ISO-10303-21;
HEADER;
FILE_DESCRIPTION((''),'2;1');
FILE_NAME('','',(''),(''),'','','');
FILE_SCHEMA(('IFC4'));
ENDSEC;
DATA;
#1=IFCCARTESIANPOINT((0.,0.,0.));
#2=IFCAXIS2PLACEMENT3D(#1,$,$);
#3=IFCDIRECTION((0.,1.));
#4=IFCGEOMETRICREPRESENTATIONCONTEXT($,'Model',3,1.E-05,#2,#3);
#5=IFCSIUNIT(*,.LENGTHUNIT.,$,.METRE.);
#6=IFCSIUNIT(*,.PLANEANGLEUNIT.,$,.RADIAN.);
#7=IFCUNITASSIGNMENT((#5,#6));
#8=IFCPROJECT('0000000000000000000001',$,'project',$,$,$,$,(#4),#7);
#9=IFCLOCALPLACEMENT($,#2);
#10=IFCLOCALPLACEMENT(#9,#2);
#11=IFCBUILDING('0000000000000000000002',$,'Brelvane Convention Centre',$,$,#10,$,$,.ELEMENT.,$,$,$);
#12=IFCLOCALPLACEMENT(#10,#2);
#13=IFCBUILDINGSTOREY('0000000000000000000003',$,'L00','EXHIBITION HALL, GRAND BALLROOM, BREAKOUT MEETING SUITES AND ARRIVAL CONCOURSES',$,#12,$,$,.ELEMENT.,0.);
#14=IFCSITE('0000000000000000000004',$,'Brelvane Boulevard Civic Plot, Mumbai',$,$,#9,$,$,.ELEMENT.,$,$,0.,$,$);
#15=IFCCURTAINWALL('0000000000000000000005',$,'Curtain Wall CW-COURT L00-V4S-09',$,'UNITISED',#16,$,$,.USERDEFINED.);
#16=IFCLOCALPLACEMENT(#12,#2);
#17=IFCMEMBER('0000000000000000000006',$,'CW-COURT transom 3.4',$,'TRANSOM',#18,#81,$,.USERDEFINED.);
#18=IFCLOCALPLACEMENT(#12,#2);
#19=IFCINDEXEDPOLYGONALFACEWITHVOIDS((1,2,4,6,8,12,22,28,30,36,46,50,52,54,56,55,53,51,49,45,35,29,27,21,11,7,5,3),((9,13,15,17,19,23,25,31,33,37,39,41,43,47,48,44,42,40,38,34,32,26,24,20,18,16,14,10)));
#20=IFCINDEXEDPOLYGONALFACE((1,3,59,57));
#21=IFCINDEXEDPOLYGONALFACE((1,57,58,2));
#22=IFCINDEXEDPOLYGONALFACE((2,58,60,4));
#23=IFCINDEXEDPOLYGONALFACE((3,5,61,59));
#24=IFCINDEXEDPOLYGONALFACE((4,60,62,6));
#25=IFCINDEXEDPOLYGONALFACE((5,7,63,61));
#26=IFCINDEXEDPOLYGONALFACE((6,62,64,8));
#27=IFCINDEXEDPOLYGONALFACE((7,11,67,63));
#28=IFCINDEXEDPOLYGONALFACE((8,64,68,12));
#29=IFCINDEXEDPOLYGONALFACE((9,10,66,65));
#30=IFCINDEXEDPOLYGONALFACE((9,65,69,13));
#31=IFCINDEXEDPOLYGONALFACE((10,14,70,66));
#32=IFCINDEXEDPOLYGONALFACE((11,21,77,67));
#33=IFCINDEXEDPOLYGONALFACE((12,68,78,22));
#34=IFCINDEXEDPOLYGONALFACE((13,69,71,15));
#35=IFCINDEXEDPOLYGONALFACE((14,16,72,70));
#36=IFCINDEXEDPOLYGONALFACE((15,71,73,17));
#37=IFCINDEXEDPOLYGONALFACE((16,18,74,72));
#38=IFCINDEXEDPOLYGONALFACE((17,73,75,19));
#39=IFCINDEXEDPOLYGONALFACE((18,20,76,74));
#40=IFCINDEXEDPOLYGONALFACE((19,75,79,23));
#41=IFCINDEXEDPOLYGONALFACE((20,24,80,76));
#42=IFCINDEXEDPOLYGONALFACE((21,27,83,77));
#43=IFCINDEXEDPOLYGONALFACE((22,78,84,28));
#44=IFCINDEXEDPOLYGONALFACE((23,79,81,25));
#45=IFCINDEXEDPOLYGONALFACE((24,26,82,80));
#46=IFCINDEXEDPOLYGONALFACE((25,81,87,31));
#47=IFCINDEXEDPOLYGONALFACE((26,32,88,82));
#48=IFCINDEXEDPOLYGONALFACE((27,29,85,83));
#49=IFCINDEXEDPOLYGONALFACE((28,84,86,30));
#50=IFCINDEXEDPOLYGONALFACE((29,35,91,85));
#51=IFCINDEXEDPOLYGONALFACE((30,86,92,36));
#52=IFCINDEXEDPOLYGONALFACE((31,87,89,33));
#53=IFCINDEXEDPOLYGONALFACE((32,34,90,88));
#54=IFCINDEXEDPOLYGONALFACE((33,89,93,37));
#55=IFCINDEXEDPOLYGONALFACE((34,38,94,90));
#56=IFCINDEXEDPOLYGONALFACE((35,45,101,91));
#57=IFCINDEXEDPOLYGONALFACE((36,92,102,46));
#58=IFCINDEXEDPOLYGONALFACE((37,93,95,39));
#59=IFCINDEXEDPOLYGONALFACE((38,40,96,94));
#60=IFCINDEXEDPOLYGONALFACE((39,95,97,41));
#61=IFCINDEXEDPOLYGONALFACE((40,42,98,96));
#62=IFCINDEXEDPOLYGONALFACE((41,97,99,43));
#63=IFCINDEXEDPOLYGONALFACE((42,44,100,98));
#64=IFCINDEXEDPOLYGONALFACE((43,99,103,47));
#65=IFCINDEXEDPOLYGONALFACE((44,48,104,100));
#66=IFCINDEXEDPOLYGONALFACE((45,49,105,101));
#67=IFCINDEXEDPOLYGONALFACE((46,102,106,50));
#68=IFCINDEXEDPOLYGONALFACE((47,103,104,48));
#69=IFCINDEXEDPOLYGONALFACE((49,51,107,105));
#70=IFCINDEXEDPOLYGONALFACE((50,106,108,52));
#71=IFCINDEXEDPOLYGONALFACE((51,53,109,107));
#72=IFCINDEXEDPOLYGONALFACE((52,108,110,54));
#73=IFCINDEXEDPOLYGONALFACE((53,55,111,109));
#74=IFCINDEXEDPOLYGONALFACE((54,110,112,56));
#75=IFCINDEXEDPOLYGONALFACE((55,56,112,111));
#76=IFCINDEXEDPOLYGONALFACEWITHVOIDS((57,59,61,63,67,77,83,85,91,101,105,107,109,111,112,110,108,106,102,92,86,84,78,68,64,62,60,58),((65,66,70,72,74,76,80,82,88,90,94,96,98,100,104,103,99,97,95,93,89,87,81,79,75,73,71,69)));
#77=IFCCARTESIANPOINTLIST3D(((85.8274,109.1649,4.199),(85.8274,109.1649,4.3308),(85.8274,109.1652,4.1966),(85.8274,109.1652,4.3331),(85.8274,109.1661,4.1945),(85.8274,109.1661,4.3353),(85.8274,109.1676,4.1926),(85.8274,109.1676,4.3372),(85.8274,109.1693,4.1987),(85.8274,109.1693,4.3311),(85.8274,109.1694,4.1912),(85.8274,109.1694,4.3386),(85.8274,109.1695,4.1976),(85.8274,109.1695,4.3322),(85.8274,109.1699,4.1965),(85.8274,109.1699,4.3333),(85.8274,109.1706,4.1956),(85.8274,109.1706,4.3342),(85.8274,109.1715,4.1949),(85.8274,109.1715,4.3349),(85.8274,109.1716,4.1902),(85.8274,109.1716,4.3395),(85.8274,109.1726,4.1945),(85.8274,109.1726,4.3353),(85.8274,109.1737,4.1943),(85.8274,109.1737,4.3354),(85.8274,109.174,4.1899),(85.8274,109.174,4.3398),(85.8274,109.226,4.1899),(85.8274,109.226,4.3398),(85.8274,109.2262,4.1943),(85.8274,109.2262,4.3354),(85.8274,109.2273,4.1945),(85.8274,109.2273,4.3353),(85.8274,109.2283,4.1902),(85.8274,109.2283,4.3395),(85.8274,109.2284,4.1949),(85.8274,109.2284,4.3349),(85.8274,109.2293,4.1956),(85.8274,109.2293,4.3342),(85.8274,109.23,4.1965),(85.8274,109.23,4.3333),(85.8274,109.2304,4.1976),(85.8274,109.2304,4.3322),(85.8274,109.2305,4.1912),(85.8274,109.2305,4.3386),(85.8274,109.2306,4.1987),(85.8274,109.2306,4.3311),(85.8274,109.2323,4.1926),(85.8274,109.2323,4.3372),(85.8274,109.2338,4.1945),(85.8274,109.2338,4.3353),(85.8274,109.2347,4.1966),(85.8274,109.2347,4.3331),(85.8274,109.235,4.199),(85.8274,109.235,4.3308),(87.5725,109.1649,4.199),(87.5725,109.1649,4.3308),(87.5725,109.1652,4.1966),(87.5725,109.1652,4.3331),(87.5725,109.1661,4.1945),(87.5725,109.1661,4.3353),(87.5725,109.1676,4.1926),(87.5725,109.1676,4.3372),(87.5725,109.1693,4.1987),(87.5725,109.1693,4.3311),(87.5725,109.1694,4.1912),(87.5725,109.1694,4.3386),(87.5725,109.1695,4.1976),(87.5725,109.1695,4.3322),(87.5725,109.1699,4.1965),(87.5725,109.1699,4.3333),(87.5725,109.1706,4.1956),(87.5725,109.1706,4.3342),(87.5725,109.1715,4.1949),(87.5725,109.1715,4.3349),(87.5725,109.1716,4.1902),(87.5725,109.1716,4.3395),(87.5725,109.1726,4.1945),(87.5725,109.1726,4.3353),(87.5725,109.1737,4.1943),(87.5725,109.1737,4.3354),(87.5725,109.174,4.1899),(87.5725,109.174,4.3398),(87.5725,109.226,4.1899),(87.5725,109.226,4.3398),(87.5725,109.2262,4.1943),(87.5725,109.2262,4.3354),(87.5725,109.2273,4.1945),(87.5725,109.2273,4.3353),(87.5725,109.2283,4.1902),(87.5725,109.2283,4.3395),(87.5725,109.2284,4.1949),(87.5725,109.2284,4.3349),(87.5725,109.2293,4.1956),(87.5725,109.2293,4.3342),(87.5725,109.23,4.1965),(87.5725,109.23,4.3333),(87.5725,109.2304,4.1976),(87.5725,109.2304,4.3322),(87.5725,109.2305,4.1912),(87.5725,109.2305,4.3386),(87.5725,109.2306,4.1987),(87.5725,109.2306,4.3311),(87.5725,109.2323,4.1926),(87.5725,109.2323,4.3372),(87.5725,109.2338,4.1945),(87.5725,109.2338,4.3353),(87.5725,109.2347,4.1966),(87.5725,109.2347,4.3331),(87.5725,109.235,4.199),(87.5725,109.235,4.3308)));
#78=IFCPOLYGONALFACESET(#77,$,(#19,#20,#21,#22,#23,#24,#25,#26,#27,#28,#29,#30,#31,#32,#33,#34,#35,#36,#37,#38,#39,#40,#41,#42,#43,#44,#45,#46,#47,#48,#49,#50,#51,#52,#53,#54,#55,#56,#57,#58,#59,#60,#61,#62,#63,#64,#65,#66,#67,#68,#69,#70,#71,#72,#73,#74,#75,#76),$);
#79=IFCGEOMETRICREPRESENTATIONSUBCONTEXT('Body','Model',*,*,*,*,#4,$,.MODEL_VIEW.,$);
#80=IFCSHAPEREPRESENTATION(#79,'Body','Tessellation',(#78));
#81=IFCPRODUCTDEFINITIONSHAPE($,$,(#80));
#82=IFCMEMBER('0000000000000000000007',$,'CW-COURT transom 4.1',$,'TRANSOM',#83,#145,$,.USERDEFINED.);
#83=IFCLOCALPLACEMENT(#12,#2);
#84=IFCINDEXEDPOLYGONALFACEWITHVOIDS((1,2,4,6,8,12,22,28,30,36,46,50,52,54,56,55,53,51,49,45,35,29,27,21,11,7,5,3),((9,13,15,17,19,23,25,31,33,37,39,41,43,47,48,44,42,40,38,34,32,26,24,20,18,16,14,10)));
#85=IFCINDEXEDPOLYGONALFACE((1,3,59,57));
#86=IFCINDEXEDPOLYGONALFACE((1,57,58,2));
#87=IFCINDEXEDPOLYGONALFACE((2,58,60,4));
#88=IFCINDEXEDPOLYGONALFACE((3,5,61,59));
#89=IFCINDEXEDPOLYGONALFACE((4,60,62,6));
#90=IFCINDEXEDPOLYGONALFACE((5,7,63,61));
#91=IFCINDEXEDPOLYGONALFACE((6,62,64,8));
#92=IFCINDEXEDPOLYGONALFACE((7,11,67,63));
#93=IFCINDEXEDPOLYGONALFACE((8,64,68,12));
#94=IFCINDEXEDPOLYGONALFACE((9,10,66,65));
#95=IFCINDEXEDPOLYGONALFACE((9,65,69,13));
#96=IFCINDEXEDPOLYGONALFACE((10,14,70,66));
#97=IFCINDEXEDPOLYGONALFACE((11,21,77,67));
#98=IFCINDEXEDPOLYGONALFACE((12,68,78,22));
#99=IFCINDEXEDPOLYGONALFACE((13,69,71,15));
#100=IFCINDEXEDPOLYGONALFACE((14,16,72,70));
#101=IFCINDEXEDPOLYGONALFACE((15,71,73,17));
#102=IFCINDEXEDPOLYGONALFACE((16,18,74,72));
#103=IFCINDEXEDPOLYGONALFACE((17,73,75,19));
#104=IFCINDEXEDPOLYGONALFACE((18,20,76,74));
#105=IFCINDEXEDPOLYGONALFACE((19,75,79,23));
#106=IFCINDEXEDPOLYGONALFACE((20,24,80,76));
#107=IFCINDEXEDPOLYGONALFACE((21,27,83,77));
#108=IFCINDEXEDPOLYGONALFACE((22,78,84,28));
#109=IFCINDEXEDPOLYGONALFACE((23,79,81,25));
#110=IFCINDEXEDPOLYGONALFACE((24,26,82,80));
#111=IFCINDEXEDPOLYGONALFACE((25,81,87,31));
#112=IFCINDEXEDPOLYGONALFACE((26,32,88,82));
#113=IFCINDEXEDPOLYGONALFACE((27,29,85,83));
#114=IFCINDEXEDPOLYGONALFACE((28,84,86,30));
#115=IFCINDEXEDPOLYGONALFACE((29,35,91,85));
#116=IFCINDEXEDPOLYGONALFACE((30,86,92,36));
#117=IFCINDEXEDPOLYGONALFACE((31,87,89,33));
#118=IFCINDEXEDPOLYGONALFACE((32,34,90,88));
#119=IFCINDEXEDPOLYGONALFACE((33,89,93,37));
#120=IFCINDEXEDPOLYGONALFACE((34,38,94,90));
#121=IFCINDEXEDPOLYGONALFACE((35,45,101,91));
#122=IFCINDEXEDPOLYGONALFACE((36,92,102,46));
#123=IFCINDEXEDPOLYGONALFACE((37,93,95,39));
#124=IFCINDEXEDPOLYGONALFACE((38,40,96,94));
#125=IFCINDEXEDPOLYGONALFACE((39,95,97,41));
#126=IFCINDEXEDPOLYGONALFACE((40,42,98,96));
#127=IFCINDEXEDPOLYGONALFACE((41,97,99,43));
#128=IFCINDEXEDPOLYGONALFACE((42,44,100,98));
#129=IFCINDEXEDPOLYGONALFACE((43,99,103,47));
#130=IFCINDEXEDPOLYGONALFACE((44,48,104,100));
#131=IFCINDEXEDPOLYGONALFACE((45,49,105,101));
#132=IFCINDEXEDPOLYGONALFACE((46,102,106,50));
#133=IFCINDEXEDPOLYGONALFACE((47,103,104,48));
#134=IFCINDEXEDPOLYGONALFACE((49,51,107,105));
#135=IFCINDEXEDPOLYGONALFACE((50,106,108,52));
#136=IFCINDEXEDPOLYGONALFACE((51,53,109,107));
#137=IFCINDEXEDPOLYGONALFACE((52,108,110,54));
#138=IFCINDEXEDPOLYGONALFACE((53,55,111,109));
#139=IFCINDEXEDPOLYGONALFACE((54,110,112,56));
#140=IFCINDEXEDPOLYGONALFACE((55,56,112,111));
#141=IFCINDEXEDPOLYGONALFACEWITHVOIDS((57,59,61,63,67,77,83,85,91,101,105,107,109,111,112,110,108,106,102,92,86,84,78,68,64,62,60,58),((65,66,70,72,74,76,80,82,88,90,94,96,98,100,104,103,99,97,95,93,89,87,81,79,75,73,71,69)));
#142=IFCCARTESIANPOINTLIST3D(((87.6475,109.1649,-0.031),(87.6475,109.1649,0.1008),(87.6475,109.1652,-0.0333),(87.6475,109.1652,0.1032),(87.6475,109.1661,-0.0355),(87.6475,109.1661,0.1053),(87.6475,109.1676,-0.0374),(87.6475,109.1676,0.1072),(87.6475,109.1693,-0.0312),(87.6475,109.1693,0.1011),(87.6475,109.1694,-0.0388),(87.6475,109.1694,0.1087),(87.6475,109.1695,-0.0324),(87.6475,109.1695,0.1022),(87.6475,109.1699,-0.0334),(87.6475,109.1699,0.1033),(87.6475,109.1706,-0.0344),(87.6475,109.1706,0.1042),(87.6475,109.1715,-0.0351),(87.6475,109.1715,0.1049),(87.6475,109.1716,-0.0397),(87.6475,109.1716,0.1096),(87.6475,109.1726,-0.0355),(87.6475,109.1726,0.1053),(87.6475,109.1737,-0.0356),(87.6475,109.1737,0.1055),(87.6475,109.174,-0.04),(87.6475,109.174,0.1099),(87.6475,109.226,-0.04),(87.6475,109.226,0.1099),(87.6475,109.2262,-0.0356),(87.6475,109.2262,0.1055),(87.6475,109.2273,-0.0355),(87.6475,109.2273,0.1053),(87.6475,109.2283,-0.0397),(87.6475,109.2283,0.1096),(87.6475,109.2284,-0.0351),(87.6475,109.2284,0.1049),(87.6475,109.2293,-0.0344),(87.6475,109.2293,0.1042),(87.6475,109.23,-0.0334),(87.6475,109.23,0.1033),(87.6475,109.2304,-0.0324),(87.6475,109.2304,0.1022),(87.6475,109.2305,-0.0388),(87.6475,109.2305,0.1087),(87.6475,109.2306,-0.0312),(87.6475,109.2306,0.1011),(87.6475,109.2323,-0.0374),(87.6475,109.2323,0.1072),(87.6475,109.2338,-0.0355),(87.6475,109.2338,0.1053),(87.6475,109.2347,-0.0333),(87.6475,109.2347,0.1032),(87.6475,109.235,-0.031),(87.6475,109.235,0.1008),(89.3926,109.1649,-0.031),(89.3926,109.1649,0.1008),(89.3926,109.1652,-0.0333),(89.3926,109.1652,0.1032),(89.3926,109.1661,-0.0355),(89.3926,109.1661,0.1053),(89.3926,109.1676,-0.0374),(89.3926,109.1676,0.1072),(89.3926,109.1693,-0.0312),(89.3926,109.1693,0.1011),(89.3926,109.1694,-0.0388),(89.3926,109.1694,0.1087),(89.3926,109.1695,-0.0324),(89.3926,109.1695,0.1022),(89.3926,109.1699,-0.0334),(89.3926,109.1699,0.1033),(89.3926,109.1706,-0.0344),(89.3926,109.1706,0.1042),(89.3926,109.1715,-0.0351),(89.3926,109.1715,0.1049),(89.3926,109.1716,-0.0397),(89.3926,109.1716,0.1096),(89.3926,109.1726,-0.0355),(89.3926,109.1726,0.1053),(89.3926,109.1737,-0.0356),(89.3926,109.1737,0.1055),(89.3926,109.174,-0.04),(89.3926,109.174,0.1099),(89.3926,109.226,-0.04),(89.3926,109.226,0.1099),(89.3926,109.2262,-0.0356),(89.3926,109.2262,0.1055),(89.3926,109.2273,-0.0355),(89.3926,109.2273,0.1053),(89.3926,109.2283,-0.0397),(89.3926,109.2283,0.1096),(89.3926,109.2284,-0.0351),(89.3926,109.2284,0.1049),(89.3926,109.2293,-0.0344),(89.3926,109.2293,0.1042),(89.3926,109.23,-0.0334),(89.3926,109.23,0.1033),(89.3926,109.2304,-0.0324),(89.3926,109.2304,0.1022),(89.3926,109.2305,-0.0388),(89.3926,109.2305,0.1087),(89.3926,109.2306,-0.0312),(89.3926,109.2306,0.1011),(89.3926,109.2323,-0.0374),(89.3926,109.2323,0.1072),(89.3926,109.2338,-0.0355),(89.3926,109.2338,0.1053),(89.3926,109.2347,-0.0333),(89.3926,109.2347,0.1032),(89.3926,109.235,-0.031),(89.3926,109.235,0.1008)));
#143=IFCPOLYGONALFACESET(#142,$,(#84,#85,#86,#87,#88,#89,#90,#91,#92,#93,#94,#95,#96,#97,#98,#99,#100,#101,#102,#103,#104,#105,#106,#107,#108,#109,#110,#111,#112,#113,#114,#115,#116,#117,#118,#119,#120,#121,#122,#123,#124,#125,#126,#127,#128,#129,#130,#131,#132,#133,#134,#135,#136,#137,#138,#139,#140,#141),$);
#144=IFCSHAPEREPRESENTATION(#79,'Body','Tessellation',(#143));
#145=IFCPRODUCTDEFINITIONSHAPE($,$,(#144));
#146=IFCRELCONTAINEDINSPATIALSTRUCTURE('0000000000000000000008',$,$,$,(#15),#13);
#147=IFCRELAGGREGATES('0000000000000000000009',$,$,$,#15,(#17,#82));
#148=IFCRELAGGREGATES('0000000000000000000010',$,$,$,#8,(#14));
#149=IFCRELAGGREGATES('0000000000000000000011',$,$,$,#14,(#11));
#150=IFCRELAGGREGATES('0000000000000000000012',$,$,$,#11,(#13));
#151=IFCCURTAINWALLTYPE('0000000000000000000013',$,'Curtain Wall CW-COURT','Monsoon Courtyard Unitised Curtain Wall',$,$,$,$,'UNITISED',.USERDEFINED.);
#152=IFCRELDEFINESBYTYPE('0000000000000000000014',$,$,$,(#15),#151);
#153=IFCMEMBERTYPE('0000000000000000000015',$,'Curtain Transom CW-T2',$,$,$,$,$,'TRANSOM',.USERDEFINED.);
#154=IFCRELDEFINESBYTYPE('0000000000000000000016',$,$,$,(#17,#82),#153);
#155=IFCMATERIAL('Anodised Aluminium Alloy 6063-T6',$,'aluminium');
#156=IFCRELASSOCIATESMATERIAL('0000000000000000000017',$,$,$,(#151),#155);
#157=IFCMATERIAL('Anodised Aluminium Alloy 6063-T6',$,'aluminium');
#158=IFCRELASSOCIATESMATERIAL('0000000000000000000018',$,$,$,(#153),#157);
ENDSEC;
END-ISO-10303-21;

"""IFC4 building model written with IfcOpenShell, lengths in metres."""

from ifc_helpers import new_model, si_unit, direction, frame, origin, origin_2d, place, context, subcontext, project, spatial, hollow_rectangle, extrude, material, material_profile, profile_set, type_object, element, aggregate, save


model = new_model("IFC4")

# Units and contexts
model_context = context("Model", 3, precision=1e-05, world=origin(), true_north=direction((0.0, 1.0)))
body_context = subcontext(model_context, "Body", "Model", "MODEL_VIEW")
ifc_project = project(units=[si_unit("LENGTHUNIT", "METRE"), si_unit("PLANEANGLEUNIT", "RADIAN")], contexts=[model_context])

# Site, building, storey
site_placement = place(None, origin())
site = spatial("IfcSite", under=ifc_project, at=site_placement, Name="Brelvane Boulevard Civic Plot, Mumbai", CompositionType="ELEMENT", RefElevation=0.0)
building_placement = place(site_placement, origin())
building = spatial("IfcBuilding", under=site, at=building_placement, Name="Brelvane Convention Centre", CompositionType="ELEMENT")
storey_placement = place(building_placement, origin())
storey = spatial("IfcBuildingStorey", under=building, at=storey_placement, Name="L00", Description="EXHIBITION HALL, GRAND BALLROOM, BREAKOUT MEETING SUITES AND ARRIVAL CONCOURSES", CompositionType="ELEMENT", Elevation=0.0)

# Curtain wall, members
ifc_material_1 = material(Name="Anodised Aluminium Alloy 6063-T6", Category="aluminium")
curtain_wall_type = type_object("IfcCurtainWallType", Name="Curtain Wall CW-COURT", Description="Monsoon Courtyard Unitised Curtain Wall", ElementType="UNITISED", PredefinedType="USERDEFINED", material=ifc_material_1)
curtain_wall_placement = place(storey_placement, origin())
curtain_wall = element("IfcCurtainWall", 1, at=curtain_wall_placement, inside=storey, type_object=curtain_wall_type, Name="Curtain Wall CW-COURT L00-V4S-09", ObjectType="UNITISED", PredefinedType="USERDEFINED")
ifc_material_2 = material(Name="Anodised Aluminium Alloy 6063-T6", Category="aluminium")
ifc_material_profile_1 = material_profile(ifc_material_2, hollow_rectangle(XDim=0.0701, YDim=0.1499, WallThickness=0.0044, InnerFilletRadius=0.0044, OuterFilletRadius=0.009, at=origin_2d()), Name="ALU-T 150x70x4.5")
ifc_profile_set_1 = profile_set([ifc_material_profile_1], Name="Anodised Aluminium Alloy 6063-T6")
member_type_1 = type_object("IfcMemberType", Name="Curtain Transom CW-T2", ElementType="TRANSOM", PredefinedType="USERDEFINED", material=ifc_profile_set_1)
member_1_placement = place(storey_placement, frame((85.8274, 109.2, 4.2649), z_axis=(1.0, 0.0, 0.0), x_axis=(0.0, 1.0, 0.0)))
member_1 = element("IfcMember", 2, at=member_1_placement, type_object=member_type_1, Name="CW-COURT transom 3.4", ObjectType="TRANSOM", PredefinedType="USERDEFINED", context=body_context, shape_type="SweptSolid", body=[
    extrude(hollow_rectangle(XDim=0.0701, YDim=0.1499, WallThickness=0.0044, InnerFilletRadius=0.0044, OuterFilletRadius=0.009, at=origin_2d()), origin(), (0.0, 0.0, 1.0), 1.7451),
])
member_2_placement = place(storey_placement, frame((87.6475, 109.2, 0.0349), z_axis=(1.0, 0.0, 0.0), x_axis=(0.0, 1.0, 0.0)))
member_2 = element("IfcMember", 3, at=member_2_placement, type_object=member_type_1, Name="CW-COURT transom 4.1", ObjectType="TRANSOM", PredefinedType="USERDEFINED", context=body_context, shape_type="SweptSolid", body=[
    extrude(hollow_rectangle(XDim=0.0701, YDim=0.1499, WallThickness=0.0044, InnerFilletRadius=0.0044, OuterFilletRadius=0.009, at=origin_2d()), origin(), (0.0, 0.0, 1.0), 1.7451),
])
aggregate(curtain_wall, [member_1, member_2])

save(model, "model.ifc")
